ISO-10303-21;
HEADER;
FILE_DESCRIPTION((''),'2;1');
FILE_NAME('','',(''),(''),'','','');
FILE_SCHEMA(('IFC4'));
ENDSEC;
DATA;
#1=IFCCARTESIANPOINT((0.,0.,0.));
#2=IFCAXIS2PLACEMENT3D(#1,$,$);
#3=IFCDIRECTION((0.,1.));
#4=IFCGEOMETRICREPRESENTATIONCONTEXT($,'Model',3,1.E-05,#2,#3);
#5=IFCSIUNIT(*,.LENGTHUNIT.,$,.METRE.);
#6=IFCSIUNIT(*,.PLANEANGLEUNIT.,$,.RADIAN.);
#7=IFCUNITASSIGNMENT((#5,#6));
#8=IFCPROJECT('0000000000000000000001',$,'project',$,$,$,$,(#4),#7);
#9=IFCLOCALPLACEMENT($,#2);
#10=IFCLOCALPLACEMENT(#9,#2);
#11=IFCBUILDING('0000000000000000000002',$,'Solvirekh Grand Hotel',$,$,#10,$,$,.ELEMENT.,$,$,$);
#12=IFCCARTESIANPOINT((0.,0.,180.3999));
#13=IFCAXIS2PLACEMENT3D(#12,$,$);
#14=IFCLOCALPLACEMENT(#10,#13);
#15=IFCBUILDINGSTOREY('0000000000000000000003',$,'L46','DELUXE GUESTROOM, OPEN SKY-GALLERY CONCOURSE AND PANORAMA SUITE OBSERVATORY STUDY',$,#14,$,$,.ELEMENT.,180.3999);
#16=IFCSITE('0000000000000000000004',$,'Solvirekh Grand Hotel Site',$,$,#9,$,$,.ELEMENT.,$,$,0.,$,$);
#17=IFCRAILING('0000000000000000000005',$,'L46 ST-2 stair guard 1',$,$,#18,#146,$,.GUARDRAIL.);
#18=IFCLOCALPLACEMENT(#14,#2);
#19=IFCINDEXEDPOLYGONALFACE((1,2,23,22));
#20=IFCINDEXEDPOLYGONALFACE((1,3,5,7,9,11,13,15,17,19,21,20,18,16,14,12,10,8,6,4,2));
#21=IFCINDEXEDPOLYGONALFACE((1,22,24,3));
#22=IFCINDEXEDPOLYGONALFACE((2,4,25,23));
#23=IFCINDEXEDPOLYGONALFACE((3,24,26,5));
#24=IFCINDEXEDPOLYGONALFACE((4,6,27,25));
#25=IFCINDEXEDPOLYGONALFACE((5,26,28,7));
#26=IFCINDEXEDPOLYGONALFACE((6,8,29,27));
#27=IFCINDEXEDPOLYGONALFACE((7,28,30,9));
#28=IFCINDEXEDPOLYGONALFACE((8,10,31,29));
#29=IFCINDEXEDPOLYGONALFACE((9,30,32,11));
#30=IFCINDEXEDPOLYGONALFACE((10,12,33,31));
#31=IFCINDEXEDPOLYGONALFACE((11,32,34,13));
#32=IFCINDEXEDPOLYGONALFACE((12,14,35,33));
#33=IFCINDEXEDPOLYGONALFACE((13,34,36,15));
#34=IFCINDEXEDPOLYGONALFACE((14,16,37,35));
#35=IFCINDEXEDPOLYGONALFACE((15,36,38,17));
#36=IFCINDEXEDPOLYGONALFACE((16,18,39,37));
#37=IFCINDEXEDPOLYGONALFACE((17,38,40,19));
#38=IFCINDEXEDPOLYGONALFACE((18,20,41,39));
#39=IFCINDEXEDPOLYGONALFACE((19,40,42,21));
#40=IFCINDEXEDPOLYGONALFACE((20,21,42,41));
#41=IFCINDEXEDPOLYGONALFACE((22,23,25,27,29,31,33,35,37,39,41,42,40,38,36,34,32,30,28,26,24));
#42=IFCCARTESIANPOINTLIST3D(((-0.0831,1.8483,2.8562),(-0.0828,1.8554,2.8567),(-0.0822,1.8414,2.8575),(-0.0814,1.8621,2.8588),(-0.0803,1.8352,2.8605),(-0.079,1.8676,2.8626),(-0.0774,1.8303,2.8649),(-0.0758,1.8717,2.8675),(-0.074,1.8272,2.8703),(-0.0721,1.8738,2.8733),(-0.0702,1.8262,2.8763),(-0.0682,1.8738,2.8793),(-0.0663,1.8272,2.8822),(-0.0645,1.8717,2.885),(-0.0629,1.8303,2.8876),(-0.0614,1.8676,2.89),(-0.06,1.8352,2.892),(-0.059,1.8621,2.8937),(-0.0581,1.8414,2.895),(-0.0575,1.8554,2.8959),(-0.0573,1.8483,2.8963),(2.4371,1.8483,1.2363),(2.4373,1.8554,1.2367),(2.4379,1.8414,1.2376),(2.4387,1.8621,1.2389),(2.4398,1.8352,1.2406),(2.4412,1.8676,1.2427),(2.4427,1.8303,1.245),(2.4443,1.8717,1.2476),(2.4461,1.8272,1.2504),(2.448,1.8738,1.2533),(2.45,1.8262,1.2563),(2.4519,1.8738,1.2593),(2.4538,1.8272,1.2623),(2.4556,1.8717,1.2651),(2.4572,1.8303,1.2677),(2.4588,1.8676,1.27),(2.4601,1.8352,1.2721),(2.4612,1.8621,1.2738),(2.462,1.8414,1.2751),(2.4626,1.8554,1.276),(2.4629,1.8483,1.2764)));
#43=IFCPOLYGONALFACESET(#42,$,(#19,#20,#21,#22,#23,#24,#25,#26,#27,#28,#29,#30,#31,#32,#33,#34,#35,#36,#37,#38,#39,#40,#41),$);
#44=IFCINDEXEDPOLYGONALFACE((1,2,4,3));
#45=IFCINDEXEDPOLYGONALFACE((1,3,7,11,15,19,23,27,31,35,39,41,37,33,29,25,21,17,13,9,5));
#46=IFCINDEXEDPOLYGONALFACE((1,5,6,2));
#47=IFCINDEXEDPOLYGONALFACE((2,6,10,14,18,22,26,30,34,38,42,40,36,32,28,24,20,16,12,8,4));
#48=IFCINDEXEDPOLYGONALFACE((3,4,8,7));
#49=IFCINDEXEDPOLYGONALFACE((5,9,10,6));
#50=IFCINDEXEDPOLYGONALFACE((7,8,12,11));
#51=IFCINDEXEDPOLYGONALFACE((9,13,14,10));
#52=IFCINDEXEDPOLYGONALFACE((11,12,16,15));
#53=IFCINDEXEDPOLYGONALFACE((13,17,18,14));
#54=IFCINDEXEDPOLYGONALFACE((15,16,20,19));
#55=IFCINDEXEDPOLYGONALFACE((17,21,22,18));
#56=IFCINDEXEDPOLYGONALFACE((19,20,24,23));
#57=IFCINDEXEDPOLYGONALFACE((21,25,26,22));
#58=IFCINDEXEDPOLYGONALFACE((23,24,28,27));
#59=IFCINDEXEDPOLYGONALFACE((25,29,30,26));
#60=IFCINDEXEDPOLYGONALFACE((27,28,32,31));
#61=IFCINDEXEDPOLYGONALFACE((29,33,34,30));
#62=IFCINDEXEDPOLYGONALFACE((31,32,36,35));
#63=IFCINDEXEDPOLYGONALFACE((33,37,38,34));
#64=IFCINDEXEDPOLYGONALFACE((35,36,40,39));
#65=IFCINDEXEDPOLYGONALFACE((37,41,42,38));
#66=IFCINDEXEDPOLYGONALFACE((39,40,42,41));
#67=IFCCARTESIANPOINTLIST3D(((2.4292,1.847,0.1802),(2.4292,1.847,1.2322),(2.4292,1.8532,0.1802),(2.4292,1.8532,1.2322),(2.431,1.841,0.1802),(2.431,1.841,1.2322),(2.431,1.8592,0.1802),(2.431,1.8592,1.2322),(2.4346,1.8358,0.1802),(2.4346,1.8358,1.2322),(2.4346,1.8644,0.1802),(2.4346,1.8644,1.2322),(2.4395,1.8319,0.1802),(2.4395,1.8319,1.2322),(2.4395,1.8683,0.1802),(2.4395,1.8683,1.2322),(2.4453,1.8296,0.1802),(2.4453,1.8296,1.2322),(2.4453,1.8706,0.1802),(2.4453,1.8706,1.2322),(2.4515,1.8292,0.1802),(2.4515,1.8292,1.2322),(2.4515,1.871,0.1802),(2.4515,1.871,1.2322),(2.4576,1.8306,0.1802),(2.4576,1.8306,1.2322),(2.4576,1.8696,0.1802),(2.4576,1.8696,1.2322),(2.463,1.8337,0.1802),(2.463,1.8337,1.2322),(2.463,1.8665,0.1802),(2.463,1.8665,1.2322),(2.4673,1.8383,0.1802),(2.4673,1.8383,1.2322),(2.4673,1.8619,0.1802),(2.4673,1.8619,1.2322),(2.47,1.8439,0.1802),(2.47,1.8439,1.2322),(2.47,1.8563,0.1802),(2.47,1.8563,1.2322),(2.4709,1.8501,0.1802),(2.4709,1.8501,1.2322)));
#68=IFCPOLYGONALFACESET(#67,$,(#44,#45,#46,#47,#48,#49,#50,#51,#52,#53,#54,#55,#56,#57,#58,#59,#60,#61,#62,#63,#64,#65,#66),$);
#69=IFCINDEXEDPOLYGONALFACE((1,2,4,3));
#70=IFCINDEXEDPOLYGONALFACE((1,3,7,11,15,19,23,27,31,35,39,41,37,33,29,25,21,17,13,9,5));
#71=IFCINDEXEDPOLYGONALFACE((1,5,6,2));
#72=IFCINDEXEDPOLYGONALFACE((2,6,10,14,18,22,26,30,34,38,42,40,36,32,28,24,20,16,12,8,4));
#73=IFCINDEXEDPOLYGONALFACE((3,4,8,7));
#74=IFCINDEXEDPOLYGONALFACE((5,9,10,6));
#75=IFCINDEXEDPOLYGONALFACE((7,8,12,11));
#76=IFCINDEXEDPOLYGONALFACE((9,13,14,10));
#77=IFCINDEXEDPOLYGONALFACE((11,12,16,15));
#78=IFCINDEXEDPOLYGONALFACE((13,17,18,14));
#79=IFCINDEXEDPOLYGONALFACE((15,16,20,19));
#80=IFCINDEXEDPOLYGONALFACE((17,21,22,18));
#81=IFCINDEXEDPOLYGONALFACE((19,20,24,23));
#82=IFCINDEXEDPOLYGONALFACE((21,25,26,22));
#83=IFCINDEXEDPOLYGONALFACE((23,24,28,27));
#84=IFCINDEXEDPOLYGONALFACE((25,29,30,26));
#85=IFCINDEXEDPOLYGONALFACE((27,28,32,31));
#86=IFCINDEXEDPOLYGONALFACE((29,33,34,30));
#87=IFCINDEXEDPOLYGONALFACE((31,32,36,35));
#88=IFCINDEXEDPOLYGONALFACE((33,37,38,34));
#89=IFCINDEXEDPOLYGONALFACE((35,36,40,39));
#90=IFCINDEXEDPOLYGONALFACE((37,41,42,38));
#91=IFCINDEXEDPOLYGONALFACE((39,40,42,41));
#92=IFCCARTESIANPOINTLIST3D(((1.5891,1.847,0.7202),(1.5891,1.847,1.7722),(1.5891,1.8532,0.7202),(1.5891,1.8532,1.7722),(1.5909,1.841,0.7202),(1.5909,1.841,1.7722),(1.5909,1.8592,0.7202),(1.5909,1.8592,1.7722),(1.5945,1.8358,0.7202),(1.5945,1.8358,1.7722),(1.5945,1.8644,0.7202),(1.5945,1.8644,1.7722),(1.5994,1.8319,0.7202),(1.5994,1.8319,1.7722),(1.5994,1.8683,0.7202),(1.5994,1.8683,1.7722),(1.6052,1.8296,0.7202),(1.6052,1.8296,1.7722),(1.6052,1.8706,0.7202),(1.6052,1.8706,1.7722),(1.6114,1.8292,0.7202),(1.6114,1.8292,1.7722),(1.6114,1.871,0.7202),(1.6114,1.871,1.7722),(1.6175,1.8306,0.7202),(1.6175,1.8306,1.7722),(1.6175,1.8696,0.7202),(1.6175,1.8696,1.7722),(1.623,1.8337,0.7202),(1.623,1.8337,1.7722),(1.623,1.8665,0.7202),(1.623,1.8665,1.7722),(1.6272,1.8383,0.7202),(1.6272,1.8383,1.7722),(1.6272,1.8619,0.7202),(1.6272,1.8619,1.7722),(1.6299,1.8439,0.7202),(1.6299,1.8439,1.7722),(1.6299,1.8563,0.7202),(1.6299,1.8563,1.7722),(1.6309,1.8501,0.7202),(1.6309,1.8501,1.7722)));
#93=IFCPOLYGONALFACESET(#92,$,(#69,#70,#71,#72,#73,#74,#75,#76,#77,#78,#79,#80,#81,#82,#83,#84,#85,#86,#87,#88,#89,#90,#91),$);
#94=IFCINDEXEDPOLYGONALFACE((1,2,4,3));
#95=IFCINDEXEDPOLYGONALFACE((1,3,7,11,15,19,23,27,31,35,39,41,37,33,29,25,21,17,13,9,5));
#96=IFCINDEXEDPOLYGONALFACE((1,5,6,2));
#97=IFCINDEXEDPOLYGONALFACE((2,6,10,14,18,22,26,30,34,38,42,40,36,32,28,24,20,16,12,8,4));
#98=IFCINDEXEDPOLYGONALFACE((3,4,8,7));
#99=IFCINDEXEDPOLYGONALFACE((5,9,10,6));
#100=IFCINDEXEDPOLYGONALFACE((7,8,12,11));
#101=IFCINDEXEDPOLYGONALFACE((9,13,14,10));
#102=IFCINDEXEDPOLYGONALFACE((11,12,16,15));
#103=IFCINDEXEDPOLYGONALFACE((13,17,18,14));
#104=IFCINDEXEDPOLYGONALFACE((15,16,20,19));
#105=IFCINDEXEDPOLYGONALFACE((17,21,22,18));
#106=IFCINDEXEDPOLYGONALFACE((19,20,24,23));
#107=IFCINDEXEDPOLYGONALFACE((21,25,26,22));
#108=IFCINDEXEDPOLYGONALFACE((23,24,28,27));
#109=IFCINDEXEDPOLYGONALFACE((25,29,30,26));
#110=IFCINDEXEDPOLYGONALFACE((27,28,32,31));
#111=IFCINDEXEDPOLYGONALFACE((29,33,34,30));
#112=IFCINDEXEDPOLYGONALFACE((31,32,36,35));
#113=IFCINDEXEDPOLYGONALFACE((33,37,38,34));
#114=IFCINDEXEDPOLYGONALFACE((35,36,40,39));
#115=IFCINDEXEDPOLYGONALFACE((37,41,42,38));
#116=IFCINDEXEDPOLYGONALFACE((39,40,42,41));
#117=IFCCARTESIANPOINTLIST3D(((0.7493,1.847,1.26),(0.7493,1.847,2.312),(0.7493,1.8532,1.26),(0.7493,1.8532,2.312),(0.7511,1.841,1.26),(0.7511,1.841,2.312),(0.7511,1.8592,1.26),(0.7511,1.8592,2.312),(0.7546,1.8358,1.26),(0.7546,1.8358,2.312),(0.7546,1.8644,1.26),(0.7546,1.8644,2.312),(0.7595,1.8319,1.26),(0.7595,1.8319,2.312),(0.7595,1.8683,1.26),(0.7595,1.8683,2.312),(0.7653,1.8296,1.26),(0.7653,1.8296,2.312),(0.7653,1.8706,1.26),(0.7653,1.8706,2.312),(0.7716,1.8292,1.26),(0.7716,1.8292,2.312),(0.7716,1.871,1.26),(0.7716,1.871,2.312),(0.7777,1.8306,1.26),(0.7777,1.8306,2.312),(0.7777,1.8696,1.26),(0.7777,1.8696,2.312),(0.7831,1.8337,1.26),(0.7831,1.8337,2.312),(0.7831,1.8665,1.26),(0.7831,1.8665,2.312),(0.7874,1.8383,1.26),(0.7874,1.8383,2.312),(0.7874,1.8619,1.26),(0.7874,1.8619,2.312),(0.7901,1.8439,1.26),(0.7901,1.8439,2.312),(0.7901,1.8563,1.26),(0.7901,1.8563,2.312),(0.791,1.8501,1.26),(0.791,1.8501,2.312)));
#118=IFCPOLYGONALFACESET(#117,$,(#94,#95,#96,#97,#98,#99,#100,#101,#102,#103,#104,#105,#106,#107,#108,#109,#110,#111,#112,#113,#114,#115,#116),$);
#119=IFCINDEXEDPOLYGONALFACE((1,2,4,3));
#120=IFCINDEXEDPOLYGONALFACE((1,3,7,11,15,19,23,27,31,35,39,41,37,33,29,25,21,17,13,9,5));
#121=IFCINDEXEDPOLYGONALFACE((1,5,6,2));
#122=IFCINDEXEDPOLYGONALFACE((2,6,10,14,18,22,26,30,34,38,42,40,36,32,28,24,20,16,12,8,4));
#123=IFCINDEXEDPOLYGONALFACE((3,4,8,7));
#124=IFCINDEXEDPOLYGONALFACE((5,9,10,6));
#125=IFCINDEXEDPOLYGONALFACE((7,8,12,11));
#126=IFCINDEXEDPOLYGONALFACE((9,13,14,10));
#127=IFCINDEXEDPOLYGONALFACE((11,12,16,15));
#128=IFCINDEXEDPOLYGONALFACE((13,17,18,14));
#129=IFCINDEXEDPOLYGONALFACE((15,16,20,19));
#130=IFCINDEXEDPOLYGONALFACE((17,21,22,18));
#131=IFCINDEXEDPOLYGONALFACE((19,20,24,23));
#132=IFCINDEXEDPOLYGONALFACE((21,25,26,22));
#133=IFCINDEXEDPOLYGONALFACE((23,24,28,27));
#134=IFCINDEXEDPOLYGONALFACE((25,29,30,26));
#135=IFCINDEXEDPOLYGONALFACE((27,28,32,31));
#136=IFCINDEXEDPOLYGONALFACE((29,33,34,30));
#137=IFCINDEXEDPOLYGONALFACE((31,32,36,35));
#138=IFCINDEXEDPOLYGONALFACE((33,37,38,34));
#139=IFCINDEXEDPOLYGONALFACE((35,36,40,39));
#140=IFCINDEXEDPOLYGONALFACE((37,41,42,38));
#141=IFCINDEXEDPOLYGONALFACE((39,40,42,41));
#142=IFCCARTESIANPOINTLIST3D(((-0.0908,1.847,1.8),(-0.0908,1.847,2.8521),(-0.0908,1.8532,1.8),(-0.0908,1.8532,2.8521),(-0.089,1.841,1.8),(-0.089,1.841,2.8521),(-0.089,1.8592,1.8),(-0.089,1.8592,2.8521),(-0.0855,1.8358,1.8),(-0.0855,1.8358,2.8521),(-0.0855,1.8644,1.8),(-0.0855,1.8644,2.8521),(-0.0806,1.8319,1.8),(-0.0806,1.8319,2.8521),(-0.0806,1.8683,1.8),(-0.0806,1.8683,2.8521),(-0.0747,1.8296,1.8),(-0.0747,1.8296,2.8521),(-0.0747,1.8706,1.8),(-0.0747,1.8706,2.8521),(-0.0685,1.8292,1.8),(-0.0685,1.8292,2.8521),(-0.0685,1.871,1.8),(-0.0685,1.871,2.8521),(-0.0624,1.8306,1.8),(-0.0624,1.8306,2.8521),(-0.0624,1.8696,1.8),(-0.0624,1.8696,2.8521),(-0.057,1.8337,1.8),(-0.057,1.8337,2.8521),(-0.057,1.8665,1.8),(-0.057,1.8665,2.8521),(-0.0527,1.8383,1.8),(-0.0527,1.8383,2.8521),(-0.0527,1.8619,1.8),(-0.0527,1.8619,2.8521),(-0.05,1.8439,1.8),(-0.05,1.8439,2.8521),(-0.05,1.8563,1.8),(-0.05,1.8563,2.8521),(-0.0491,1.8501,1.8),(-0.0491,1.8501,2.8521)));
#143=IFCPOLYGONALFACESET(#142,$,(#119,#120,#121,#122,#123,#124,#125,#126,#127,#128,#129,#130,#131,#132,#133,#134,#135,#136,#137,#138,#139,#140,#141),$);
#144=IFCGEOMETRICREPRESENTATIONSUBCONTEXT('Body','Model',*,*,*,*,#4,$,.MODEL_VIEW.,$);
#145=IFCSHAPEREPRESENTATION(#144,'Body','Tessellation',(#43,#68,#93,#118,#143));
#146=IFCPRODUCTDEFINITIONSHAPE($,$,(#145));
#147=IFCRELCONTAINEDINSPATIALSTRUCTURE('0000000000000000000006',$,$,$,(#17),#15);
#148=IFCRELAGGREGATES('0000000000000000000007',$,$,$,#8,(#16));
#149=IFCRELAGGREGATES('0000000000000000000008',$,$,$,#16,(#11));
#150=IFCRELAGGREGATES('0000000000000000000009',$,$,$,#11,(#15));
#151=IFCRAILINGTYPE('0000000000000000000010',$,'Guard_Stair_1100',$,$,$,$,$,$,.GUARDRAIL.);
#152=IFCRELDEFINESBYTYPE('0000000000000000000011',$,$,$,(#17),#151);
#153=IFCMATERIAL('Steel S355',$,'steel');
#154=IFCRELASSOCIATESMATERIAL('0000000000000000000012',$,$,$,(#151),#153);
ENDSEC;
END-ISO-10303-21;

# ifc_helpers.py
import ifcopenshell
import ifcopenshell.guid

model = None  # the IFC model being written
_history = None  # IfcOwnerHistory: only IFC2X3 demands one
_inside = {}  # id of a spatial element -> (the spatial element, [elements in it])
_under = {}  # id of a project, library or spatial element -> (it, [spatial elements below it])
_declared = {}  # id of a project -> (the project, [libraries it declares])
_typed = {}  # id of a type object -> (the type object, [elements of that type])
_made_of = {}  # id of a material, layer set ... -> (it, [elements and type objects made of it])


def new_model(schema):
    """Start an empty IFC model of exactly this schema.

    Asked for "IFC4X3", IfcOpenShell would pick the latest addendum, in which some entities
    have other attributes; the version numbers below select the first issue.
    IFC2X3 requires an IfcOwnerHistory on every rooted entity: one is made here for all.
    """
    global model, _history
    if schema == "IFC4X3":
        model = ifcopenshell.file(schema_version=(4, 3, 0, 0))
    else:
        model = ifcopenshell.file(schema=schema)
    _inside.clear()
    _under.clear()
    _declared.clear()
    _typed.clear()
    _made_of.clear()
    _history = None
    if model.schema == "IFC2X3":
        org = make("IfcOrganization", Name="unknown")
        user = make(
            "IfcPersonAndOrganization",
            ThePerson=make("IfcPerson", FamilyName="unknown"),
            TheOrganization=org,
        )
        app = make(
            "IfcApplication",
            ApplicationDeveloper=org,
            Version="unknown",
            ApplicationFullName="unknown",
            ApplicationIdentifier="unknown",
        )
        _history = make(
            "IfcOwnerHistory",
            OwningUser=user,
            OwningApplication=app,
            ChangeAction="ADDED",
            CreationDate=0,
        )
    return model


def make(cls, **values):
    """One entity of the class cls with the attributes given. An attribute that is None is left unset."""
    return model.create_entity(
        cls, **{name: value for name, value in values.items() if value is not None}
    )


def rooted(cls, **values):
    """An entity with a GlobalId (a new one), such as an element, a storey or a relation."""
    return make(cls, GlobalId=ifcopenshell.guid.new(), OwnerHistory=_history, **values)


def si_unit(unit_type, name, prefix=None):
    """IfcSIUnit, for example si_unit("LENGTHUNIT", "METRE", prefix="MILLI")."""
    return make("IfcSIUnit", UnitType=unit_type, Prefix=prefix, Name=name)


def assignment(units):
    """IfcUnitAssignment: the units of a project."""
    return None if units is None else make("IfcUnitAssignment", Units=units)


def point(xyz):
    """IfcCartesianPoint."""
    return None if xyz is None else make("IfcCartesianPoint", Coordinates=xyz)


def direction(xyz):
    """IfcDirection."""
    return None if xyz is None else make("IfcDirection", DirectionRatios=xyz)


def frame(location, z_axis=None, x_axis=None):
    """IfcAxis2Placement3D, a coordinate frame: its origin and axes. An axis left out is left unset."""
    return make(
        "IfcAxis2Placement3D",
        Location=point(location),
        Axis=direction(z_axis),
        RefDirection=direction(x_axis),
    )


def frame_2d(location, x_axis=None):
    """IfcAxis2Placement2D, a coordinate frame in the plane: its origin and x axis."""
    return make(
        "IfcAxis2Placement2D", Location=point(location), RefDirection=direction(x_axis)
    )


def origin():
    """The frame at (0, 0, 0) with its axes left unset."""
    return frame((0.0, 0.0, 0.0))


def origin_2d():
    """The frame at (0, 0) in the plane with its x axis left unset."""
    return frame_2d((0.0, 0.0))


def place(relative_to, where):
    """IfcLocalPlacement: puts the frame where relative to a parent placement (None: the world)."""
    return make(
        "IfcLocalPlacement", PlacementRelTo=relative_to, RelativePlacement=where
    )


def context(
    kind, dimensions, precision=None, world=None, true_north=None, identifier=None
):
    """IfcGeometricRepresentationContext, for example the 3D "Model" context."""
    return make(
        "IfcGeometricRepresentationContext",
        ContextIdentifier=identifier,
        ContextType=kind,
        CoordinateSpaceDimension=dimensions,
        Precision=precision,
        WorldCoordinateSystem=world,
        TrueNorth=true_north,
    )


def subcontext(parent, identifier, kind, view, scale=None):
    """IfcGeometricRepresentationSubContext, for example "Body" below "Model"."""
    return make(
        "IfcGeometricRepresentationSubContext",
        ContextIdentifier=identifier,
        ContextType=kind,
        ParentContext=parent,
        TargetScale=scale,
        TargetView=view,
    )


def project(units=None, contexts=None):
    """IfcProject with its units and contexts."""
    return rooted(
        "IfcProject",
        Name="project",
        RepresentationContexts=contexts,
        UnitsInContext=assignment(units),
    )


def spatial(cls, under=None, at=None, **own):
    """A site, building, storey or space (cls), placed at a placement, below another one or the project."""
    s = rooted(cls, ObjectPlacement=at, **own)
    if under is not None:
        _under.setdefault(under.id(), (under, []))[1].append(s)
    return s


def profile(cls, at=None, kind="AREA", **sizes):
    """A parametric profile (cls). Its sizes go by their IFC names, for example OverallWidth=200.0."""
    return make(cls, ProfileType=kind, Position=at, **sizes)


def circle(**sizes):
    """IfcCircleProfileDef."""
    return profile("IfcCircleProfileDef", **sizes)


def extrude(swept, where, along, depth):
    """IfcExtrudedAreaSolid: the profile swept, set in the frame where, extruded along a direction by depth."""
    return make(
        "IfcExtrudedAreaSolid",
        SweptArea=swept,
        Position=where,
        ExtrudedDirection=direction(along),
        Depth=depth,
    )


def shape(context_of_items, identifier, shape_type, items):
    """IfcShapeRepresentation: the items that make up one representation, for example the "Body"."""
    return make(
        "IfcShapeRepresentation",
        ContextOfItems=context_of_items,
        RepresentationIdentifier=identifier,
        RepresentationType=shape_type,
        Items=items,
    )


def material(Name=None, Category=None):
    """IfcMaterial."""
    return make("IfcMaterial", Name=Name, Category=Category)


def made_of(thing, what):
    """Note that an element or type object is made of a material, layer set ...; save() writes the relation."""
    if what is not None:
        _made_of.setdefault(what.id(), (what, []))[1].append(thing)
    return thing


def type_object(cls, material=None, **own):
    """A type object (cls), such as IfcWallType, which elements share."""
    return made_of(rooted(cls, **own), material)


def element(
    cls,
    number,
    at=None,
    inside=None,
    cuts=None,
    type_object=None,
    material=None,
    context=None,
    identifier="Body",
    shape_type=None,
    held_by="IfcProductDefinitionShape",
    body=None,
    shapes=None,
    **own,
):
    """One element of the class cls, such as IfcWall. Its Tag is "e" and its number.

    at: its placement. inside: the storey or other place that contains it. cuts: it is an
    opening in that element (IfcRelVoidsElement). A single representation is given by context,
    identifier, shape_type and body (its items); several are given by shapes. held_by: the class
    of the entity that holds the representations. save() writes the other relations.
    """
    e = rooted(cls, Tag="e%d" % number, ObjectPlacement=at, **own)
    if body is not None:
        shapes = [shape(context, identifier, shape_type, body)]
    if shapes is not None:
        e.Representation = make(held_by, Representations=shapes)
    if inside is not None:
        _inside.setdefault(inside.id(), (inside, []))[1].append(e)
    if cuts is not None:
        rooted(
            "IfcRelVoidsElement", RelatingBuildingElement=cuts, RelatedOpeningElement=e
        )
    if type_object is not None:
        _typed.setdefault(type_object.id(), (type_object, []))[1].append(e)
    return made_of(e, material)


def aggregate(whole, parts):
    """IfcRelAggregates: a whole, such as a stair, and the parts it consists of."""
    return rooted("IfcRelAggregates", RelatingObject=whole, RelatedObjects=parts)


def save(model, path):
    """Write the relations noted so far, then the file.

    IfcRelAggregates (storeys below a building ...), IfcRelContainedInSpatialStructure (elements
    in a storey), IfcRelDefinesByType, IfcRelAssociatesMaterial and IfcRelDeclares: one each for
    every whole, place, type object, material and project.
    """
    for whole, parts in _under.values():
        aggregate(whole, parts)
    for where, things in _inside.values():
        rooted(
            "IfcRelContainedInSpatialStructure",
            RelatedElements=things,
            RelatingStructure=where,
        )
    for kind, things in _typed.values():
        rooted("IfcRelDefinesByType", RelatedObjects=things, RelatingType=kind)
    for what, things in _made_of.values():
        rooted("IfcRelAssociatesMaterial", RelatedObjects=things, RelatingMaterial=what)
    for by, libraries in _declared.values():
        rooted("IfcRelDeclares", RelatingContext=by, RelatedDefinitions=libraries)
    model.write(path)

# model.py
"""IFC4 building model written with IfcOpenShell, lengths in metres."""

from ifc_helpers import new_model, si_unit, direction, frame, origin, origin_2d, place, context, subcontext, project, spatial, circle, extrude, material, type_object, element, save


model = new_model("IFC4")

# Units and contexts
model_context = context("Model", 3, precision=1e-05, world=origin(), true_north=direction((0.0, 1.0)))
body_context = subcontext(model_context, "Body", "Model", "MODEL_VIEW")
ifc_project = project(units=[si_unit("LENGTHUNIT", "METRE"), si_unit("PLANEANGLEUNIT", "RADIAN")], contexts=[model_context])

# Site, building, storey
site_placement = place(None, origin())
site = spatial("IfcSite", under=ifc_project, at=site_placement, Name="Solvirekh Grand Hotel Site", CompositionType="ELEMENT", RefElevation=0.0)
building_placement = place(site_placement, origin())
building = spatial("IfcBuilding", under=site, at=building_placement, Name="Solvirekh Grand Hotel", CompositionType="ELEMENT")
storey_placement = place(building_placement, frame((0.0, 0.0, 180.3999)))
storey = spatial("IfcBuildingStorey", under=building, at=storey_placement, Name="L46", Description="DELUXE GUESTROOM, OPEN SKY-GALLERY CONCOURSE AND PANORAMA SUITE OBSERVATORY STUDY", CompositionType="ELEMENT", Elevation=180.3999)

# Railing
ifc_material_1 = material(Name="Steel S355", Category="steel")
railing_type = type_object("IfcRailingType", Name="Guard_Stair_1100", PredefinedType="GUARDRAIL", material=ifc_material_1)
railing_1_placement = place(storey_placement, frame((2.45, 1.8501, 0.1802)))
element("IfcRailing", 1, at=railing_1_placement, inside=storey, type_object=railing_type, Name="L46 ST-2 stair guard 1", PredefinedType="GUARDRAIL", context=body_context, shape_type="SweptSolid", body=[
    extrude(circle(Radius=0.0239, at=origin_2d()), frame((0.0, 0.0, 1.0762), z_axis=(-0.8412, 0.0, 0.540725), x_axis=(0.0, -1.0, 0.0)), (0.0, 0.0, 1.0), 2.9958),
    extrude(circle(Radius=0.021, at=origin_2d()), origin(), (0.0, 0.0, 1.0), 1.052),
    extrude(circle(Radius=0.021, at=origin_2d()), frame((-0.8401, 0.0, 0.54)), (0.0, 0.0, 1.0), 1.052),
    extrude(circle(Radius=0.021, at=origin_2d()), frame((-1.6799, 0.0, 1.0798)), (0.0, 0.0, 1.0), 1.052),
    extrude(circle(Radius=0.021, at=origin_2d()), frame((-2.52, 0.0, 1.6199)), (0.0, 0.0, 1.0), 1.052),
])

save(model, "model.ifc")
